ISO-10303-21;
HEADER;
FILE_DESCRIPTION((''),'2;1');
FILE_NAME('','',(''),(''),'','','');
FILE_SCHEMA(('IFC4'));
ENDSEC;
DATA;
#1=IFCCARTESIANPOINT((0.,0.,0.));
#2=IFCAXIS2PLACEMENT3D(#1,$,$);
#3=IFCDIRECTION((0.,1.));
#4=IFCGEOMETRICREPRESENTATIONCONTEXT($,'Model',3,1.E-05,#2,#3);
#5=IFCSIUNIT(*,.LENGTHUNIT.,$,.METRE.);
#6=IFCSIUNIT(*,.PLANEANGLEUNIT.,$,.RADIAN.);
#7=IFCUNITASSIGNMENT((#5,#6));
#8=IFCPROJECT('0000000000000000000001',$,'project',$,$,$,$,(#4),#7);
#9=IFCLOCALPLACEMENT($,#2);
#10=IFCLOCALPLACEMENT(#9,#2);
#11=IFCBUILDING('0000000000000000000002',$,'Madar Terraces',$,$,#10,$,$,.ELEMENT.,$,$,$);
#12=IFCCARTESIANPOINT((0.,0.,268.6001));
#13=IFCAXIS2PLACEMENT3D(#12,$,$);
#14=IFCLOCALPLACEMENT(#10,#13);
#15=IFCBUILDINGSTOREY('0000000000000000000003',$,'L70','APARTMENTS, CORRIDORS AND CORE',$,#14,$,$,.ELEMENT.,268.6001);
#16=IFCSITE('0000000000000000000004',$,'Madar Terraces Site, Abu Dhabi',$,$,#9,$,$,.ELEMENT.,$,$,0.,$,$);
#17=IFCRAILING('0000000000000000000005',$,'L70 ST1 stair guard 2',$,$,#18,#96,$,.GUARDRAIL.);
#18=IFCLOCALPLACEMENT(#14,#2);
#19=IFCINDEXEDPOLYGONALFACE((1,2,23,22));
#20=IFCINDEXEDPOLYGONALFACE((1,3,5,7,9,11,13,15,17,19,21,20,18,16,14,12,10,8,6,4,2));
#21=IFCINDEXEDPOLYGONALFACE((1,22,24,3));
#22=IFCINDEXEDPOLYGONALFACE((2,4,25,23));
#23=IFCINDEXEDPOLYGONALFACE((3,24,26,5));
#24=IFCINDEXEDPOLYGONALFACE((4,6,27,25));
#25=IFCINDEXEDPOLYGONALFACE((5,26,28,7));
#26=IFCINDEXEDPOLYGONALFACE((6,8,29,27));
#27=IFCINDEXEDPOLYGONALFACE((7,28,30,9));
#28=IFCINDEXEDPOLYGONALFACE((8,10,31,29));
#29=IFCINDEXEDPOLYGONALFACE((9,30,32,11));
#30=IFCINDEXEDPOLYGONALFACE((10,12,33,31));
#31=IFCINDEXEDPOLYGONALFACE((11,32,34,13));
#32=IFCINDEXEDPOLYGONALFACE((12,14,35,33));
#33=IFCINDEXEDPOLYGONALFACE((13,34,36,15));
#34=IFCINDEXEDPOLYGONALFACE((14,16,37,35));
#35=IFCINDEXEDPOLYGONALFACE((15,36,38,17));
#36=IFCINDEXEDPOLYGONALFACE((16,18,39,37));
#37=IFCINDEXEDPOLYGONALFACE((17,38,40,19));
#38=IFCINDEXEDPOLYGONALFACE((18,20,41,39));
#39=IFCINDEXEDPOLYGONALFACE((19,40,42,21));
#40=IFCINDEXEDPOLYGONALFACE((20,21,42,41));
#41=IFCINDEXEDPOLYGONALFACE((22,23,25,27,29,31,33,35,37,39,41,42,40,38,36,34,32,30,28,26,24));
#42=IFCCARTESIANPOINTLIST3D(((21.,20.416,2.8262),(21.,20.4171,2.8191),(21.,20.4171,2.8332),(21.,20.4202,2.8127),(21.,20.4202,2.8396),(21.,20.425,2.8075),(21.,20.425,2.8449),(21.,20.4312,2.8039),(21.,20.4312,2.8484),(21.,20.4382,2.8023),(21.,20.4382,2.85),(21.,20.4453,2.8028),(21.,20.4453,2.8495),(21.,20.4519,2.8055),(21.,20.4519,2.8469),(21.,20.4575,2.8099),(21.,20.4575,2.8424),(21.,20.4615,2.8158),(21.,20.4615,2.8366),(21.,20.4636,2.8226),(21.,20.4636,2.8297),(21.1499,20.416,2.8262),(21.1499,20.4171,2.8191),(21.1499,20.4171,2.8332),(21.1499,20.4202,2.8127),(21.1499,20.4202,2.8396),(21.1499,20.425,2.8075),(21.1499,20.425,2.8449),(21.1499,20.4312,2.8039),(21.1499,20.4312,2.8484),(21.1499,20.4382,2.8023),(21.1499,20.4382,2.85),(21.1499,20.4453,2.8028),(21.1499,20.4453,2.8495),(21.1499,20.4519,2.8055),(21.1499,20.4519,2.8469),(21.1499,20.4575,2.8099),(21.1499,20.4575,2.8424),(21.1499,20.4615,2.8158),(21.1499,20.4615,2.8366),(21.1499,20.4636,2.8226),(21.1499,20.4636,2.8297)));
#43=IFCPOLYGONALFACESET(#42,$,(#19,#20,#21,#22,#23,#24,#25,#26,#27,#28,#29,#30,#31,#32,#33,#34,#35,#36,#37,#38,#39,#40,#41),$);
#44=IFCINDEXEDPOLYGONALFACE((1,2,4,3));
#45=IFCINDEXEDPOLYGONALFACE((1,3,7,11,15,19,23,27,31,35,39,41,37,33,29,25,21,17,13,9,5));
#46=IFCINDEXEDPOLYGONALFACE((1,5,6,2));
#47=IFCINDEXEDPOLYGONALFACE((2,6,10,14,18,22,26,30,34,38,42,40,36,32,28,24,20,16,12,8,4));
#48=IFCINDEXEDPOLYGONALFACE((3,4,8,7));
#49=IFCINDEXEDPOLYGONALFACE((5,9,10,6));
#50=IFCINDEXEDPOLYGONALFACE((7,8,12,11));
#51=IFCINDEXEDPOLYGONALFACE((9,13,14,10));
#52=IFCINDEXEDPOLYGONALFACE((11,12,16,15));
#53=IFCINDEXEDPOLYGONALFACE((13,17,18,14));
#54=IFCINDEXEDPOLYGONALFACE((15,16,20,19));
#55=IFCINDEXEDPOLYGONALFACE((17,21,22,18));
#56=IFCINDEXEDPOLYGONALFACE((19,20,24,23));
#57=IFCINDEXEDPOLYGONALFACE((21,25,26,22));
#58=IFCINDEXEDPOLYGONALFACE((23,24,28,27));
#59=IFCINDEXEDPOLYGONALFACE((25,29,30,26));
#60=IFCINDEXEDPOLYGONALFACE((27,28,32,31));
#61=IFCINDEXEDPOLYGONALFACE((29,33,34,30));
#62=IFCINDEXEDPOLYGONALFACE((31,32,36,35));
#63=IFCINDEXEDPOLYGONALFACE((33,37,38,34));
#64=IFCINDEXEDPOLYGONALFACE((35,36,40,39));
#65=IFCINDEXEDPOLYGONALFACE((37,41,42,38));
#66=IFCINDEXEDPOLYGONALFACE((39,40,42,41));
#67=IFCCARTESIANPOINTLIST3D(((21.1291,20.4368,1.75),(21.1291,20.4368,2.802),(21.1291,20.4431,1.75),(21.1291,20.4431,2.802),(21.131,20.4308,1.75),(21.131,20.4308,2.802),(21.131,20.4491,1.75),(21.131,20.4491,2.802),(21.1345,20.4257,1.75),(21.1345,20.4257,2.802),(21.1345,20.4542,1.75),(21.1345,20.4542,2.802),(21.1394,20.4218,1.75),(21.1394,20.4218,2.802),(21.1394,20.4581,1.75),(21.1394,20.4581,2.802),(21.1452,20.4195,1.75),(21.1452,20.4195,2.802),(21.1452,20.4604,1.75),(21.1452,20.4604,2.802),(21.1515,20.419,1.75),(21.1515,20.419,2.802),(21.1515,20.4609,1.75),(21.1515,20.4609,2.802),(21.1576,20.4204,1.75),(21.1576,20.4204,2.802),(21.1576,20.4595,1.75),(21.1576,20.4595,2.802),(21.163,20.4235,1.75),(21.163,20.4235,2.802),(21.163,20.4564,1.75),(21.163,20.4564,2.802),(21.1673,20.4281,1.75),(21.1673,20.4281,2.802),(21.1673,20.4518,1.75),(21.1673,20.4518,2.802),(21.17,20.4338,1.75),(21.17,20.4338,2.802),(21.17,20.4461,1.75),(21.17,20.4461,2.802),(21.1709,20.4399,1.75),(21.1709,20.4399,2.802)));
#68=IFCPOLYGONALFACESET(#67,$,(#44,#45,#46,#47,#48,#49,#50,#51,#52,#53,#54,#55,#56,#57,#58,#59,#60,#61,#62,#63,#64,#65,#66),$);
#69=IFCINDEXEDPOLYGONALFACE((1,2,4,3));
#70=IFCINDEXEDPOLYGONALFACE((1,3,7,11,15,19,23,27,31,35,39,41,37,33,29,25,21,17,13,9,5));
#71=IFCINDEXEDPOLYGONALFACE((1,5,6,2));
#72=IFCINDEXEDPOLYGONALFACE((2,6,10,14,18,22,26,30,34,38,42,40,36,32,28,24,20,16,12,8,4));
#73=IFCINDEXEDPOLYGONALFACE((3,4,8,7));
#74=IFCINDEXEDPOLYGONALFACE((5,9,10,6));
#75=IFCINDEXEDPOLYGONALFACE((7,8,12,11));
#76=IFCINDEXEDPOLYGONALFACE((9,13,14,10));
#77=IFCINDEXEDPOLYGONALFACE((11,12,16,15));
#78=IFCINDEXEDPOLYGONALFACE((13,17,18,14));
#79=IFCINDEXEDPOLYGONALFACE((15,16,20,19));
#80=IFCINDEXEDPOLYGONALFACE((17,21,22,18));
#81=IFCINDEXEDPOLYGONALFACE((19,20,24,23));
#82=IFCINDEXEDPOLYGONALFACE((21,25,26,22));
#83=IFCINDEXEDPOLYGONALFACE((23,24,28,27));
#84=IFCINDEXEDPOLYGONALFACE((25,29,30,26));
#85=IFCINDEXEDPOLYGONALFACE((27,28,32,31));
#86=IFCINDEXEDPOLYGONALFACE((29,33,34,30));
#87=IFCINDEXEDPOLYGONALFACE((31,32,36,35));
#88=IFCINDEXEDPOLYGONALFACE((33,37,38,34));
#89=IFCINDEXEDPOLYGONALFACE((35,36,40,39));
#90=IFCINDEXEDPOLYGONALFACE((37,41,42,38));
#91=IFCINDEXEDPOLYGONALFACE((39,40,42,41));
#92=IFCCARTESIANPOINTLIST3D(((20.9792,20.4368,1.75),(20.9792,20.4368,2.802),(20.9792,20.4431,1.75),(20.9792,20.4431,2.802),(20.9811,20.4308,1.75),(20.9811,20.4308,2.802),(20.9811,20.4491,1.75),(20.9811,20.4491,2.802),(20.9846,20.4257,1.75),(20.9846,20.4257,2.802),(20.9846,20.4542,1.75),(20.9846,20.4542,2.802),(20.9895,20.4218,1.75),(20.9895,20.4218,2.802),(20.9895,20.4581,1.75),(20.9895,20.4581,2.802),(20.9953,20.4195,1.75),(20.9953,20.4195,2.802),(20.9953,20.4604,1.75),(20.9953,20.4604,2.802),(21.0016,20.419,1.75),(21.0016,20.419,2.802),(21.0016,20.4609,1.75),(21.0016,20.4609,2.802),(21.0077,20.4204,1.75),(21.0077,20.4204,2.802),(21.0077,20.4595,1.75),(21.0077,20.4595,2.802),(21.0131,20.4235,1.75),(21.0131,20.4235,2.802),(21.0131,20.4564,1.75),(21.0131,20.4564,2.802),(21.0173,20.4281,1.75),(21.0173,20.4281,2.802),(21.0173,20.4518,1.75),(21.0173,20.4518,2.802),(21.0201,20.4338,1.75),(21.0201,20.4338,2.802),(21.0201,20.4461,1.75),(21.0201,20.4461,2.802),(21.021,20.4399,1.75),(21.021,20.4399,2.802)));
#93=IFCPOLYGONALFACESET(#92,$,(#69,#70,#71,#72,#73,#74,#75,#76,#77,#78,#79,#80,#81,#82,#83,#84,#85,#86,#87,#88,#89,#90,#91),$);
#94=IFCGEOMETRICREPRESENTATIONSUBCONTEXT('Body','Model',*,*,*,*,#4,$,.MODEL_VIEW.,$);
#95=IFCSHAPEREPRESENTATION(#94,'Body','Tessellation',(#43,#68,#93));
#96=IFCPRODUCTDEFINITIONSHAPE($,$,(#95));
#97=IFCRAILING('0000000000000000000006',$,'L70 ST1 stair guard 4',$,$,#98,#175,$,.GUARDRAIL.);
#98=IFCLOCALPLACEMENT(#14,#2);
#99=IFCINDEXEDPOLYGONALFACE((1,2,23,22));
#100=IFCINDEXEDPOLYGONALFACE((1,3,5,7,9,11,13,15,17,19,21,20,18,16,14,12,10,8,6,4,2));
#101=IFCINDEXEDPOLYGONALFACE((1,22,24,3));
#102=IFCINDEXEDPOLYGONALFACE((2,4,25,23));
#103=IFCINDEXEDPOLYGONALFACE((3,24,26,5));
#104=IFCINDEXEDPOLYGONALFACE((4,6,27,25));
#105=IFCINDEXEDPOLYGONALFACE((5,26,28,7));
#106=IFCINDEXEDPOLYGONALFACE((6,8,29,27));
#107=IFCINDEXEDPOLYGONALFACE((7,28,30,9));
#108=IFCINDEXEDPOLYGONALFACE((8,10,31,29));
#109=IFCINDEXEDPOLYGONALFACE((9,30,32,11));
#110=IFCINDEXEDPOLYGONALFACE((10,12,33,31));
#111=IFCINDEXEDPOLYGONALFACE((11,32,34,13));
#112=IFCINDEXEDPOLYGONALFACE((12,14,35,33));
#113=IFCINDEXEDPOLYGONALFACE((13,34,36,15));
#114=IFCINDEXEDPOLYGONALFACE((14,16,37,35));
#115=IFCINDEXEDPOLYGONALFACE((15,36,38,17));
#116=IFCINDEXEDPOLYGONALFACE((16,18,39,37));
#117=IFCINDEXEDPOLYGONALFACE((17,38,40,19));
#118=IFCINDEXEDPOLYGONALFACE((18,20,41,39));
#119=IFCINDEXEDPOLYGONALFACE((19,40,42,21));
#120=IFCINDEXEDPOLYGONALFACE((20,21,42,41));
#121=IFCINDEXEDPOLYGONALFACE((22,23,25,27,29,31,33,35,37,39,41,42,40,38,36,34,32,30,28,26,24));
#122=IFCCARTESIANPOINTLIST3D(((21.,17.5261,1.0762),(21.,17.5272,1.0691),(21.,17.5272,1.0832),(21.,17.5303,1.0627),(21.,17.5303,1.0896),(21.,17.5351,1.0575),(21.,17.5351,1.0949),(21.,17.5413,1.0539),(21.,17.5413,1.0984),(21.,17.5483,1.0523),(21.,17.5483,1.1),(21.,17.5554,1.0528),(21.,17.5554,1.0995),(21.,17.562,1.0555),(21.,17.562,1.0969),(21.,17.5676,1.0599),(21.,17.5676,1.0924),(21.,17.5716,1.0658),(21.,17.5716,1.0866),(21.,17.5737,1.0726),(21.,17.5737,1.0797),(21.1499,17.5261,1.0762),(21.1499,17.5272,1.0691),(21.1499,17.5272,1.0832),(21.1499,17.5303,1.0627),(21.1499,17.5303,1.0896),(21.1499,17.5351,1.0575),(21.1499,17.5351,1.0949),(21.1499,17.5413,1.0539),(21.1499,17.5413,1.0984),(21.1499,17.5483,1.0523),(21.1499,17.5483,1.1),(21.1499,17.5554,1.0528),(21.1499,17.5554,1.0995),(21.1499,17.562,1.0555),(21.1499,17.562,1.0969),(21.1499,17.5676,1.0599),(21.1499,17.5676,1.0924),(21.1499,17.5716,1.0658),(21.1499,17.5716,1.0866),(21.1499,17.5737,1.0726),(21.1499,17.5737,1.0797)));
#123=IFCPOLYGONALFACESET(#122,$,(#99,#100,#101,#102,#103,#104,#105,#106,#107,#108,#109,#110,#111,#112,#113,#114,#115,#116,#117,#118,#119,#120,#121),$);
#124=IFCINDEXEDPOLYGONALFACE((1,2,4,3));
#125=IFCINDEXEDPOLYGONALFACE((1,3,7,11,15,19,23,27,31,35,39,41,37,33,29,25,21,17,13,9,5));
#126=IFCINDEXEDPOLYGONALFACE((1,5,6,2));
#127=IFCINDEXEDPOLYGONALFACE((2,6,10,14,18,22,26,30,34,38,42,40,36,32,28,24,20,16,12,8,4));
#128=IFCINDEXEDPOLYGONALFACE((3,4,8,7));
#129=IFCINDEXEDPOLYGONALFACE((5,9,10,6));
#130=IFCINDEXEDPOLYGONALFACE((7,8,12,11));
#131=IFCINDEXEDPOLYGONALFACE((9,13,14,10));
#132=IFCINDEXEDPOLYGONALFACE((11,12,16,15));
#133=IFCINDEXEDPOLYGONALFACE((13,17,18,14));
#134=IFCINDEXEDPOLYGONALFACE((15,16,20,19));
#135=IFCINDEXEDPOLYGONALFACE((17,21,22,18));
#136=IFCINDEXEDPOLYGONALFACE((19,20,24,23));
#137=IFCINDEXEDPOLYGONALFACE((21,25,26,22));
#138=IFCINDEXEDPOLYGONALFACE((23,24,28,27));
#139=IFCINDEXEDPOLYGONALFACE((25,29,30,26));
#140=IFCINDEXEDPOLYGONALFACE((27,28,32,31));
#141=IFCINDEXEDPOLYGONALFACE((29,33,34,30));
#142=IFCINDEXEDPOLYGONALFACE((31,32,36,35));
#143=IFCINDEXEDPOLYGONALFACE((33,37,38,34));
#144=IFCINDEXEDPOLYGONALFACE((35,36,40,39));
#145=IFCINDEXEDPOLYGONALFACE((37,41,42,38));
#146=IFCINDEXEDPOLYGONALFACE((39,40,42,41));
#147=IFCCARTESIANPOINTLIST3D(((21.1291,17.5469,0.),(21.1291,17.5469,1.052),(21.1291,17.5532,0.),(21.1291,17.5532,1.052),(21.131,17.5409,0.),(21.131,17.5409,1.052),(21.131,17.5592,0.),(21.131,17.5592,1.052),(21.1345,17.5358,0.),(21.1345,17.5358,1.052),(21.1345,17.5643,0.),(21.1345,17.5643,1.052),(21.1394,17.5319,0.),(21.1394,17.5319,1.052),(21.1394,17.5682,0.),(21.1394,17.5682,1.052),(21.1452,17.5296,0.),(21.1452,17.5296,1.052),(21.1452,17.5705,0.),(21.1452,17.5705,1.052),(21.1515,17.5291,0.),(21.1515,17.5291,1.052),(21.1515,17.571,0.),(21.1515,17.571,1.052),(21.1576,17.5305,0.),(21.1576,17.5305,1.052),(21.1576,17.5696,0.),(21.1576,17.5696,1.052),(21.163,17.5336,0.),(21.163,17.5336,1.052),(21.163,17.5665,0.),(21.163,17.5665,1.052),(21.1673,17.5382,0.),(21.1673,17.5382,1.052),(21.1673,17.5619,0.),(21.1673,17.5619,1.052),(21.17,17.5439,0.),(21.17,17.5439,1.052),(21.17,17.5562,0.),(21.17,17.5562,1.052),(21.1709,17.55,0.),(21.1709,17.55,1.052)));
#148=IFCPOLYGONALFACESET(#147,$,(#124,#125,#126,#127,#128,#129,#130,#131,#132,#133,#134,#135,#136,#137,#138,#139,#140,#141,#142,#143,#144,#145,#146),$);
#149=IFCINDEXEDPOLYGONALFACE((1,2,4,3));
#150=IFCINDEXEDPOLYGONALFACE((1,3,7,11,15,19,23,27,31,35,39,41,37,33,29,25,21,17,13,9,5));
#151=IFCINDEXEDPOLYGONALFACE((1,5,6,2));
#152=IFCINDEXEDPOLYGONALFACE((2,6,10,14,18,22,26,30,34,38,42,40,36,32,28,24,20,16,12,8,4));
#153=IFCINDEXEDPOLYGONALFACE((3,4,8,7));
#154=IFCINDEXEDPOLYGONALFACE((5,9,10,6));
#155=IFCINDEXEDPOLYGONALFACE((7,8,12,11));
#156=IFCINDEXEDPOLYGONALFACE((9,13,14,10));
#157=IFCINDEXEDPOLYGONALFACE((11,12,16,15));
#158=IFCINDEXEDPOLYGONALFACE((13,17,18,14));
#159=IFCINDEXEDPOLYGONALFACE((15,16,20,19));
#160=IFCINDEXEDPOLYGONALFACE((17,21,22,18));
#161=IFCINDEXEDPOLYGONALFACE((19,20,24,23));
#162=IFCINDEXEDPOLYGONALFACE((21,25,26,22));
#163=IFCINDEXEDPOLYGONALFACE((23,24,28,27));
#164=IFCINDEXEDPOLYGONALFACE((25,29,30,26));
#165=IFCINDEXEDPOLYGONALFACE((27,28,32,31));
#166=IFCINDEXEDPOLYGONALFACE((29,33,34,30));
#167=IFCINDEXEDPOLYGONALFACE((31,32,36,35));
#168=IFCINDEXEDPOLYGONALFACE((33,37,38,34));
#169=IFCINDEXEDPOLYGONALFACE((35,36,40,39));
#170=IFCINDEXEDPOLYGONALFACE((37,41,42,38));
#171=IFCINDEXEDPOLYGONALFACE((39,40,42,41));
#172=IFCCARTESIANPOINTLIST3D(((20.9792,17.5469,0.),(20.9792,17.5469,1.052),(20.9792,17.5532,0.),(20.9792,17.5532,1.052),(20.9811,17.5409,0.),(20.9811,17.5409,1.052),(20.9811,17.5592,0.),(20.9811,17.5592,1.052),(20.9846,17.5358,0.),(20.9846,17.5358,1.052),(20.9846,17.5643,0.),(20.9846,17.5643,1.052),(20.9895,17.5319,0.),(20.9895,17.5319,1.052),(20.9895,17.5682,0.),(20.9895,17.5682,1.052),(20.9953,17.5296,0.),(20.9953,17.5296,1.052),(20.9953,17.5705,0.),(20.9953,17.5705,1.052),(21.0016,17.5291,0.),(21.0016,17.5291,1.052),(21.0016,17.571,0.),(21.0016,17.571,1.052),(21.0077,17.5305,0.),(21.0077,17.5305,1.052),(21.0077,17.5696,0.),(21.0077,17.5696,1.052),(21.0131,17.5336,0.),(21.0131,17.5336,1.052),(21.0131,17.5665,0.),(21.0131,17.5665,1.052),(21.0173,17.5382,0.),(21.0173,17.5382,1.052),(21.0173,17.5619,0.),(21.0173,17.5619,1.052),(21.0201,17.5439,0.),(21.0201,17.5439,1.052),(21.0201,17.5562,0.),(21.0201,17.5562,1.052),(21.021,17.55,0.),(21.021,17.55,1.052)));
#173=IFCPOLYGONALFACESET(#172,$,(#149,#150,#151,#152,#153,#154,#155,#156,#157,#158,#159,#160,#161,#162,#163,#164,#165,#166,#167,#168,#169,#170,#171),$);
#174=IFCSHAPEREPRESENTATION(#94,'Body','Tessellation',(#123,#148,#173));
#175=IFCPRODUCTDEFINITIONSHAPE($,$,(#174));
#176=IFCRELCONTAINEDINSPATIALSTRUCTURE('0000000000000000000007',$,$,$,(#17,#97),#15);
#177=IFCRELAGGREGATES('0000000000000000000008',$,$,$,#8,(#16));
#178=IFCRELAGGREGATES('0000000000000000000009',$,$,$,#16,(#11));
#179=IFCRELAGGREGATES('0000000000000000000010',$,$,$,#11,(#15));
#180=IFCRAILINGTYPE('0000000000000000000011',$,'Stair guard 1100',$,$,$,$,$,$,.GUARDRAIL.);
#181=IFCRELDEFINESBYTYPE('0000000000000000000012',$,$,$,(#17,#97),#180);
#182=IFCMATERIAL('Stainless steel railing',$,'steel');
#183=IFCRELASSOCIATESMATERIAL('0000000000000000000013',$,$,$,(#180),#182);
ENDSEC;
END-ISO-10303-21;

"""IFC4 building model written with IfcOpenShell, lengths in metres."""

from ifc_helpers import new_model, si_unit, direction, frame, origin, origin_2d, place, context, subcontext, project, spatial, circle, extrude, material, type_object, element, save


model = new_model("IFC4")

# Units and contexts
model_context = context("Model", 3, precision=1e-05, world=origin(), true_north=direction((0.0, 1.0)))
body_context = subcontext(model_context, "Body", "Model", "MODEL_VIEW")
ifc_project = project(units=[si_unit("LENGTHUNIT", "METRE"), si_unit("PLANEANGLEUNIT", "RADIAN")], contexts=[model_context])

# Site, building, storey
site_placement = place(None, origin())
site = spatial("IfcSite", under=ifc_project, at=site_placement, Name="Madar Terraces Site, Abu Dhabi", CompositionType="ELEMENT", RefElevation=0.0)
building_placement = place(site_placement, origin())
building = spatial("IfcBuilding", under=site, at=building_placement, Name="Madar Terraces", CompositionType="ELEMENT")
storey_placement = place(building_placement, frame((0.0, 0.0, 268.6001)))
storey = spatial("IfcBuildingStorey", under=building, at=storey_placement, Name="L70", Description="APARTMENTS, CORRIDORS AND CORE", CompositionType="ELEMENT", Elevation=268.6001)

# Railings
ifc_material_1 = material(Name="Stainless steel railing", Category="steel")
railing_type_1 = type_object("IfcRailingType", Name="Stair guard 1100", PredefinedType="GUARDRAIL", material=ifc_material_1)
for number, where, name in (
    (1, (21.1499, 20.4399, 1.75), "L70 ST1 stair guard 2"),
    (2, (21.1499, 17.55, 0.0), "L70 ST1 stair guard 4"),
):
    element("IfcRailing", number, at=place(storey_placement, frame(where)), inside=storey, type_object=railing_type_1, Name=name, PredefinedType="GUARDRAIL", context=body_context, shape_type="SweptSolid", body=[
        extrude(circle(Radius=0.0239, at=origin_2d()), frame((0.0, 0.0, 1.0762), z_axis=(-1.0, 0.0, 0.0), x_axis=(0.0, -1.0, 0.0)), (0.0, 0.0, 1.0), 0.1499),
        extrude(circle(Radius=0.021, at=origin_2d()), origin(), (0.0, 0.0, 1.0), 1.052),
        extrude(circle(Radius=0.021, at=origin_2d()), frame((-0.1499, 0.0, 0.0)), (0.0, 0.0, 1.0), 1.052),
    ])

save(model, "model.ifc")
